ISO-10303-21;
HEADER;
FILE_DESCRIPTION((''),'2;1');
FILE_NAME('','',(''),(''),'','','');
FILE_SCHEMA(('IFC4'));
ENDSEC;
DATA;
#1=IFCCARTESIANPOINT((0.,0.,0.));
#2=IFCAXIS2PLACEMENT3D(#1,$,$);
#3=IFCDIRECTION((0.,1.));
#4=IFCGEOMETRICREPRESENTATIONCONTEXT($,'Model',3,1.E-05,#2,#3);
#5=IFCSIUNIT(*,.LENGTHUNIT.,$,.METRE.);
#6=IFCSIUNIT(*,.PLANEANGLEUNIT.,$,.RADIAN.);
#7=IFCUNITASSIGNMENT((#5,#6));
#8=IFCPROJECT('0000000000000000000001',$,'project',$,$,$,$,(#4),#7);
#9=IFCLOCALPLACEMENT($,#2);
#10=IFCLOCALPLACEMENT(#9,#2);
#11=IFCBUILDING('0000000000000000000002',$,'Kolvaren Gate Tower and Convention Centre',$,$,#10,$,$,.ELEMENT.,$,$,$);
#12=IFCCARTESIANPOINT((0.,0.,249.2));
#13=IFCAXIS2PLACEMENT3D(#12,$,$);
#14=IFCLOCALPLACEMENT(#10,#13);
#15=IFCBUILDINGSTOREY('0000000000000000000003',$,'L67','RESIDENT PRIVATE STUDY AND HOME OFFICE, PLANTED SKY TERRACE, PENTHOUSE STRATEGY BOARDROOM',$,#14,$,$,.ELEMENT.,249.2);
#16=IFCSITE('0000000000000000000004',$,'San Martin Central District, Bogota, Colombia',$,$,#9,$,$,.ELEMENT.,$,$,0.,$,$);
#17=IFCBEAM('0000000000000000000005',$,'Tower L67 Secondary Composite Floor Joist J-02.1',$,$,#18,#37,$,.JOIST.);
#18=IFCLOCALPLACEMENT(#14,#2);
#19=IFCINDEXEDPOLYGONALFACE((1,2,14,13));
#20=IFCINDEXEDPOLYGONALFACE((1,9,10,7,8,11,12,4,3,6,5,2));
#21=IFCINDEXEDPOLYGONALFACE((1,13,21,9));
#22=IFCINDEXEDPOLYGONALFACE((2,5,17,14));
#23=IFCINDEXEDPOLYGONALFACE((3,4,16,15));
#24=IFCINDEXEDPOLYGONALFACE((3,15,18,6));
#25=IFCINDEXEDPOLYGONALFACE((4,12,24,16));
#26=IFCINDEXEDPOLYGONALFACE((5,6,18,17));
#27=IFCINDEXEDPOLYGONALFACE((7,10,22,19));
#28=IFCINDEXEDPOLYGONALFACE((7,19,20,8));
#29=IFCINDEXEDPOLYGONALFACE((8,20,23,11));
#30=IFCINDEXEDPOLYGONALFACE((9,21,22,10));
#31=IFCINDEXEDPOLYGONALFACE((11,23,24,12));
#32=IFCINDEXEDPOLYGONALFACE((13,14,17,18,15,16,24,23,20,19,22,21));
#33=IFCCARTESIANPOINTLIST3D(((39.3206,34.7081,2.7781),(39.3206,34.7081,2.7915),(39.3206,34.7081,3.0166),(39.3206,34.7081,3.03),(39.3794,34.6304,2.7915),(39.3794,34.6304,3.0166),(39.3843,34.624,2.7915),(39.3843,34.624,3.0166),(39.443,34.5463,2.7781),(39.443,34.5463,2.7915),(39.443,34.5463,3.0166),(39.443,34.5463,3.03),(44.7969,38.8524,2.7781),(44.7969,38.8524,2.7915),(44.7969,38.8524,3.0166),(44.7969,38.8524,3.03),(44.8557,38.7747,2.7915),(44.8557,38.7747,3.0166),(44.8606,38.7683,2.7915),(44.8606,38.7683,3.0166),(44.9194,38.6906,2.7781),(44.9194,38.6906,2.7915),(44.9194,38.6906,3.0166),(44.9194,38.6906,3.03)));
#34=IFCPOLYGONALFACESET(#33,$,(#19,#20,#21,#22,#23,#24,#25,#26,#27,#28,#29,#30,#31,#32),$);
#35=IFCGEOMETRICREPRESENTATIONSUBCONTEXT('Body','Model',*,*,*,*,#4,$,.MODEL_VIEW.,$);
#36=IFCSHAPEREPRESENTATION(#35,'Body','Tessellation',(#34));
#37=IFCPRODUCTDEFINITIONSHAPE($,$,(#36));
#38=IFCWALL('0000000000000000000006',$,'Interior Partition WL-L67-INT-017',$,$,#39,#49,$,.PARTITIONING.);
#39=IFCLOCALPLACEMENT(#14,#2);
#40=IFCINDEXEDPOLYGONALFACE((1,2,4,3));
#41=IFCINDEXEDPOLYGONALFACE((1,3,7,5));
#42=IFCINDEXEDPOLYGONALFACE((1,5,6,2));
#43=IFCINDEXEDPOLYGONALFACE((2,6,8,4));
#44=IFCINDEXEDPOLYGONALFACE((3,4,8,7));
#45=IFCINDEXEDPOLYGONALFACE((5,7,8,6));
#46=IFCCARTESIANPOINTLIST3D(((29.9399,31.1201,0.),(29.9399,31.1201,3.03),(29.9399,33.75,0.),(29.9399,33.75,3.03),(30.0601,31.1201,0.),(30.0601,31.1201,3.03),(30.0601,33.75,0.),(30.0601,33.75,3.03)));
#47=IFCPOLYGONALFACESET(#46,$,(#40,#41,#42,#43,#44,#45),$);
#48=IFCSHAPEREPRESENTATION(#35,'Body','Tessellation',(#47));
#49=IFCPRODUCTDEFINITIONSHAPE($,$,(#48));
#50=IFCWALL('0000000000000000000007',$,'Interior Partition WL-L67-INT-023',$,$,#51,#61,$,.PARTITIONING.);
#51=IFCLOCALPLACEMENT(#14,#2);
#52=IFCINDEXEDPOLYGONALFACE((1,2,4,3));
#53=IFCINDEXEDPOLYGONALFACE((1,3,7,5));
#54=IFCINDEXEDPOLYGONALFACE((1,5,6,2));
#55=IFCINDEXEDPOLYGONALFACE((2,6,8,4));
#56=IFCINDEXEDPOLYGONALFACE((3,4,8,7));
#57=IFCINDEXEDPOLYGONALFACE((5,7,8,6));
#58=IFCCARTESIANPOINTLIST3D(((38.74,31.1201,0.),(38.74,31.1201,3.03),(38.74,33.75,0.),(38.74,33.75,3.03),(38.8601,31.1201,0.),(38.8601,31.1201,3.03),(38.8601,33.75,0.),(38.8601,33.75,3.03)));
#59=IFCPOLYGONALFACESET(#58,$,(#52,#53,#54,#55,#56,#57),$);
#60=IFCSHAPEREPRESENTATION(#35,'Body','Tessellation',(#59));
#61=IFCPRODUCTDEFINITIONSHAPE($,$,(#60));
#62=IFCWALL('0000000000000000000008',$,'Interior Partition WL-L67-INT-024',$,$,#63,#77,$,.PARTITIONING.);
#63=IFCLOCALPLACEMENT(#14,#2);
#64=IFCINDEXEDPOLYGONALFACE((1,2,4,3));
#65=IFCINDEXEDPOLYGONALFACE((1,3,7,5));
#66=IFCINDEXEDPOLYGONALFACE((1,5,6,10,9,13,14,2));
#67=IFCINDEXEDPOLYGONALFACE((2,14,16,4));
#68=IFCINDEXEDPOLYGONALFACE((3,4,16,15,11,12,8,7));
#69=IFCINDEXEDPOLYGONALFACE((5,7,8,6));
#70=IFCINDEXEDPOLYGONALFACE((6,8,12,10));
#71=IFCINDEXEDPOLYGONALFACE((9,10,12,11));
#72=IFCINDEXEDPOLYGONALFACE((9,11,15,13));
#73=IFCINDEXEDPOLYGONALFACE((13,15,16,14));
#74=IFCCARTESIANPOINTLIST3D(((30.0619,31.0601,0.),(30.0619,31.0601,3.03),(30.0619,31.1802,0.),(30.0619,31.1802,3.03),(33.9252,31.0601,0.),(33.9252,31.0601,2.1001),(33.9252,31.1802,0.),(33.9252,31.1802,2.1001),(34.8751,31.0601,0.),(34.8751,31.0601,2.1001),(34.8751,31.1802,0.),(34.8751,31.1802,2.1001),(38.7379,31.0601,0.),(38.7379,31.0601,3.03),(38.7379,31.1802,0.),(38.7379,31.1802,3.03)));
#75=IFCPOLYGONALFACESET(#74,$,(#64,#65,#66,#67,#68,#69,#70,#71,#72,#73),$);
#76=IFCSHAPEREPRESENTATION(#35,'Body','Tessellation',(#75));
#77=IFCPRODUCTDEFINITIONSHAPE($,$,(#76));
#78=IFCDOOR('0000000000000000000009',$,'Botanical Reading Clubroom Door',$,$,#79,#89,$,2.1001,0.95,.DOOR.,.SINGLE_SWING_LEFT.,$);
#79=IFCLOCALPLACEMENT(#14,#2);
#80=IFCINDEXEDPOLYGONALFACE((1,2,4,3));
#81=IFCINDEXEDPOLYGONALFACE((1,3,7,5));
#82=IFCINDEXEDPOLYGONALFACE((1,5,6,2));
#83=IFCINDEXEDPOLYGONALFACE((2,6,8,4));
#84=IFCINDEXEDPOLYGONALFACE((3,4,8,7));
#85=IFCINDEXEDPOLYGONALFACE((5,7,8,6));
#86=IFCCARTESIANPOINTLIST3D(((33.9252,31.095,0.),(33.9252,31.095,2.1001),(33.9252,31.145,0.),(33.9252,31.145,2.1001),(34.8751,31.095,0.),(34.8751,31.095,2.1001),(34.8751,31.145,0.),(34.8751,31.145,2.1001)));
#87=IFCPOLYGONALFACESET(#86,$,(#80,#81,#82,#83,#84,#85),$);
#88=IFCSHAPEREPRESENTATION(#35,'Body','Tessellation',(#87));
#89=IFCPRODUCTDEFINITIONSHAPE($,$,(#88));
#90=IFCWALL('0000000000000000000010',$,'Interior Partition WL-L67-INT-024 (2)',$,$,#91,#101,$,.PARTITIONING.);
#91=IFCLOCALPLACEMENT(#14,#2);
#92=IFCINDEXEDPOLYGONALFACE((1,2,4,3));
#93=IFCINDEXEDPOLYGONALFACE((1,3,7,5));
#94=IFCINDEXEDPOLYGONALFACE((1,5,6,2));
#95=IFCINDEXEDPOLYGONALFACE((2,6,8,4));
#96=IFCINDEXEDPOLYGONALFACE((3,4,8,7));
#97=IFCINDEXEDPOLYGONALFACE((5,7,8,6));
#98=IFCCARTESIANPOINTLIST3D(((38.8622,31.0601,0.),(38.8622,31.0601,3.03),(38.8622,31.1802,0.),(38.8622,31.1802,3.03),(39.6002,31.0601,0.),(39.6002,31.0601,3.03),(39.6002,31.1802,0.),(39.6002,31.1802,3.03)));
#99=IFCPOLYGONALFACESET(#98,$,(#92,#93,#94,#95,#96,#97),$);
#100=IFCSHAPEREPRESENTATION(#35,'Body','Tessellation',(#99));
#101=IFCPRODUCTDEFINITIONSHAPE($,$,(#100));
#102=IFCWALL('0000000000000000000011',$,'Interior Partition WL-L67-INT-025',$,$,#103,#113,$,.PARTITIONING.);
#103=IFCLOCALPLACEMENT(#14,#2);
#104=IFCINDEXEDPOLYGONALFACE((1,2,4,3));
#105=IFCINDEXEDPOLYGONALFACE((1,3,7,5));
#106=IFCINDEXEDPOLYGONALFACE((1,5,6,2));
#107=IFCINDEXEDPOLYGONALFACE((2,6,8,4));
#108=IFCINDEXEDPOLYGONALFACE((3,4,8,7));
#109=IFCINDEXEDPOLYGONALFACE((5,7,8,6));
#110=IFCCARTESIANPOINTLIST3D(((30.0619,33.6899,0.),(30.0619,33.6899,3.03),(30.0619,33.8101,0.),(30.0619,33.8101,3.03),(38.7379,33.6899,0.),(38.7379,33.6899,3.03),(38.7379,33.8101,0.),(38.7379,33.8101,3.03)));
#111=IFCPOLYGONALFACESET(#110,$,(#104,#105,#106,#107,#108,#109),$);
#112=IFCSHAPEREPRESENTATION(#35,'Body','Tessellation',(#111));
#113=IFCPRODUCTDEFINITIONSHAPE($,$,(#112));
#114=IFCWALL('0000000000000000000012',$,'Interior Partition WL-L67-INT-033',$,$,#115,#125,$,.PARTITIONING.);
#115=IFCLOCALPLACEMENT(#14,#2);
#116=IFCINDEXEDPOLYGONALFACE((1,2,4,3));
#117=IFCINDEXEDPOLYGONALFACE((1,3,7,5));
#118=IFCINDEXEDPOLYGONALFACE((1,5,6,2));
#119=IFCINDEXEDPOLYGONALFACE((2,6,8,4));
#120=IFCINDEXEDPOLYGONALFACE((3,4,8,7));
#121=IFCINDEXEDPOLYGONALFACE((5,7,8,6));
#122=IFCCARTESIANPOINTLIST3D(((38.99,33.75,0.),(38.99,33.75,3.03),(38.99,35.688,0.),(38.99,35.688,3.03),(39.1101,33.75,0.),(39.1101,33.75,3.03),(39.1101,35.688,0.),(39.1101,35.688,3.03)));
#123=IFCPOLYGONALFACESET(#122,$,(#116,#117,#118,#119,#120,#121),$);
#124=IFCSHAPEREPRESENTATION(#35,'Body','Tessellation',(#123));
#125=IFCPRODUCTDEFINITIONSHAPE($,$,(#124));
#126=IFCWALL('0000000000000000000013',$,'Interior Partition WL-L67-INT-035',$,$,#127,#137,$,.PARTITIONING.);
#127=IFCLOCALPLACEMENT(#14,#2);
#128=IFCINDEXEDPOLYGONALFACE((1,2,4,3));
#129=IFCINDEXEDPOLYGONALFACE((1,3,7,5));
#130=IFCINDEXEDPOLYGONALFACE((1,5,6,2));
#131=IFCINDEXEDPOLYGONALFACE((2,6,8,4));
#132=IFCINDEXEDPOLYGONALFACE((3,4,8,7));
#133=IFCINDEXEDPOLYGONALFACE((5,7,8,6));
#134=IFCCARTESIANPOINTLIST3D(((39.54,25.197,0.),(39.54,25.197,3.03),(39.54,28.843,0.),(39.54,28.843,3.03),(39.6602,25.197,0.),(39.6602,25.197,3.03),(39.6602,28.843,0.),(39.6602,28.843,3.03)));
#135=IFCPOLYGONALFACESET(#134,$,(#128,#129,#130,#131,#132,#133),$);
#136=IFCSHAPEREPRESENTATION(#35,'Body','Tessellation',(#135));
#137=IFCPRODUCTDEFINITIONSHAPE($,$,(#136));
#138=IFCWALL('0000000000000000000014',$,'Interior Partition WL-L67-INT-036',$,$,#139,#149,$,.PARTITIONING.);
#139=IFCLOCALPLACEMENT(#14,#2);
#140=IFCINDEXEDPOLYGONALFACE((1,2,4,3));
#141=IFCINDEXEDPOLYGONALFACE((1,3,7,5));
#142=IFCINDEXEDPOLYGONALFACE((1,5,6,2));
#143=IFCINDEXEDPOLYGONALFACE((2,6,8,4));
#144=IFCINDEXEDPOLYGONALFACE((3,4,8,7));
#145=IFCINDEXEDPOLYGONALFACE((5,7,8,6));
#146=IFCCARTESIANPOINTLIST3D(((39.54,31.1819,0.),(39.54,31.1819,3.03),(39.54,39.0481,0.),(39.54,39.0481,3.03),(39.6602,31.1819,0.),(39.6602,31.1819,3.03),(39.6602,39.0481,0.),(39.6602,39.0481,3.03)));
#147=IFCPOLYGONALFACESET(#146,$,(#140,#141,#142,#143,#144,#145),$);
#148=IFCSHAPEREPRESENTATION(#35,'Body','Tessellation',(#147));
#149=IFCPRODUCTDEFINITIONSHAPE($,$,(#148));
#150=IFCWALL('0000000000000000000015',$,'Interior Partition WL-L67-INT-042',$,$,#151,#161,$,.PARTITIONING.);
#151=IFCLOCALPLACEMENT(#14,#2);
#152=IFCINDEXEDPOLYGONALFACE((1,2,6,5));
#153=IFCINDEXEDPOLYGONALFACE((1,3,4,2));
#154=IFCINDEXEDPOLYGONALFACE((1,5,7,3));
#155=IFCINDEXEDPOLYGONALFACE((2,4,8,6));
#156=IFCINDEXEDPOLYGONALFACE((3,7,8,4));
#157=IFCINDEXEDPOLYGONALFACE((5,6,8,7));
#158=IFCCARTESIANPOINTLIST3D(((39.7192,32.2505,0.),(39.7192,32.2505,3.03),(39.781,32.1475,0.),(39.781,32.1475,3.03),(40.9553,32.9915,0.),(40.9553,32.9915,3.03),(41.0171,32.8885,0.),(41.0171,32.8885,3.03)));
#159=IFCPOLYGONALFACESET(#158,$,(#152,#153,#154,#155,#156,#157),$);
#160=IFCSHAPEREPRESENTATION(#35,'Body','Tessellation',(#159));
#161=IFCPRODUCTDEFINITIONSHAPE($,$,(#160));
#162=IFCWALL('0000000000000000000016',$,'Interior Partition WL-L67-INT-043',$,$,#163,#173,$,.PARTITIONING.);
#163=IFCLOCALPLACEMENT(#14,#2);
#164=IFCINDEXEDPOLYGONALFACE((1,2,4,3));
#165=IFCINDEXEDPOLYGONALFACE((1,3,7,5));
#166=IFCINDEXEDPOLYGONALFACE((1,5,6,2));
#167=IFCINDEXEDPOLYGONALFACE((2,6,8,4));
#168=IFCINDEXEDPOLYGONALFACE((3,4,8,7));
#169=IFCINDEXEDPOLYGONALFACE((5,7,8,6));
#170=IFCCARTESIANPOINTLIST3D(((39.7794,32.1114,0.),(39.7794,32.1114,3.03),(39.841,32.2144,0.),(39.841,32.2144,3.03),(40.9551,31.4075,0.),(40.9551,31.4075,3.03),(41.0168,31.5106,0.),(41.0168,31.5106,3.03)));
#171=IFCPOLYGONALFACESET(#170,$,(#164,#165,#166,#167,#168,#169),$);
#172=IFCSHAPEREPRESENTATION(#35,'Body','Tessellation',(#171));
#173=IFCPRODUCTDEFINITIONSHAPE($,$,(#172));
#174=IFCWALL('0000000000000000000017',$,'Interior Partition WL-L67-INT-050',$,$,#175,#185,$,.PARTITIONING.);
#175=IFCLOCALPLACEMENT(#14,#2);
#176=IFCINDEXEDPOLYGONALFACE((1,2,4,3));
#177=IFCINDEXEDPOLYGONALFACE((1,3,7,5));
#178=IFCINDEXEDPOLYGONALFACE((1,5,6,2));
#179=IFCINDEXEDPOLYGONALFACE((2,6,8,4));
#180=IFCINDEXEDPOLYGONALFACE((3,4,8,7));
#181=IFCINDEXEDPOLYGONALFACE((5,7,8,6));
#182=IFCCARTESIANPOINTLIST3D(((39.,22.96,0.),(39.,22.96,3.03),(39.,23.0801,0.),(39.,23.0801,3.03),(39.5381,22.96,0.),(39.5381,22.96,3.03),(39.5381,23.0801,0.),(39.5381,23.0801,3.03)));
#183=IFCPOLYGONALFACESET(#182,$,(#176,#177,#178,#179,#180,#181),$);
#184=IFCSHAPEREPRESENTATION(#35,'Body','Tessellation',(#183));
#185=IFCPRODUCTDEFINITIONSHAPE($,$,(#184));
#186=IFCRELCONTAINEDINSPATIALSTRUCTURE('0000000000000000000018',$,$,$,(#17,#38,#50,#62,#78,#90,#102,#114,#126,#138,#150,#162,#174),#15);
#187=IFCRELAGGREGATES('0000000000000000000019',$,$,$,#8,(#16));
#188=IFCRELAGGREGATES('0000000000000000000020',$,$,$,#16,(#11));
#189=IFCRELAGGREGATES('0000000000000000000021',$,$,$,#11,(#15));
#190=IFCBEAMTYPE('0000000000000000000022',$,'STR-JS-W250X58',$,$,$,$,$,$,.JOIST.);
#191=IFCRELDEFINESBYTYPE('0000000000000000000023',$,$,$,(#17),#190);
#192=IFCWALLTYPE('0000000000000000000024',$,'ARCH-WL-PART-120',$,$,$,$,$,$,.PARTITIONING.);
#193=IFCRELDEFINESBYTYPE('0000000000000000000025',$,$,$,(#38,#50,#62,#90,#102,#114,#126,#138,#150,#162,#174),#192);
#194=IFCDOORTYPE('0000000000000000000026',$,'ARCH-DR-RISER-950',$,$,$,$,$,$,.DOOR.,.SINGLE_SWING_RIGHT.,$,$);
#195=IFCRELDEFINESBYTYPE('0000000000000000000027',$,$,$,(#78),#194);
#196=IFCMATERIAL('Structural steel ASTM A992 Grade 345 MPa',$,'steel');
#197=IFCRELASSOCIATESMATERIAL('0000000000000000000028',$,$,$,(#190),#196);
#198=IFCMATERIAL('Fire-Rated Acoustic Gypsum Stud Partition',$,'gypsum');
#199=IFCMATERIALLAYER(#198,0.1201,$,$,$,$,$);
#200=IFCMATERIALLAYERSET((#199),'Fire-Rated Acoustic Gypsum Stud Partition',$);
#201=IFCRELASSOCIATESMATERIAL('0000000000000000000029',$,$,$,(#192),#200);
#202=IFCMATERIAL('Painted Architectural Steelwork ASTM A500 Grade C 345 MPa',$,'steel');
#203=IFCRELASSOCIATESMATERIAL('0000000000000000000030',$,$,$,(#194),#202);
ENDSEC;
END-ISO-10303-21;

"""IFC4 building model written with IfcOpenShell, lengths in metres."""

from ifc_helpers import new_model, si_unit, direction, frame, frame_2d, origin, origin_2d, place, context, subcontext, project, spatial, rectangle, i_section, extrude, material, layer, layer_set, material_profile, profile_set, type_object, element, fill, save


model = new_model("IFC4")

# Units and contexts
model_context = context("Model", 3, precision=1e-05, world=origin(), true_north=direction((0.0, 1.0)))
body_context = subcontext(model_context, "Body", "Model", "MODEL_VIEW")
ifc_project = project(units=[si_unit("LENGTHUNIT", "METRE"), si_unit("PLANEANGLEUNIT", "RADIAN")], contexts=[model_context])

# Site, building, storey
site_placement = place(None, origin())
site = spatial("IfcSite", under=ifc_project, at=site_placement, Name="San Martin Central District, Bogota, Colombia", CompositionType="ELEMENT", RefElevation=0.0)
building_placement = place(site_placement, origin())
building = spatial("IfcBuilding", under=site, at=building_placement, Name="Kolvaren Gate Tower and Convention Centre", CompositionType="ELEMENT")
storey_placement = place(building_placement, frame((0.0, 0.0, 249.2)))
storey = spatial("IfcBuildingStorey", under=building, at=storey_placement, Name="L67", Description="RESIDENT PRIVATE STUDY AND HOME OFFICE, PLANTED SKY TERRACE, PENTHOUSE STRATEGY BOARDROOM", CompositionType="ELEMENT", Elevation=249.2)

# Beam
ifc_material_1 = material(Name="Structural steel ASTM A992 Grade 345 MPa", Category="steel")
ifc_material_profile = material_profile(ifc_material_1, i_section(OverallWidth=0.2029, OverallDepth=0.252, WebThickness=0.0081, FlangeThickness=0.0134, at=origin_2d()), Name="W250X58")
ifc_profile_set = profile_set([ifc_material_profile], Name="Structural steel ASTM A992 Grade 345 MPa")
beam_type = type_object("IfcBeamType", Name="STR-JS-W250X58", PredefinedType="JOIST", material=ifc_profile_set)
beam_placement = place(storey_placement, frame((39.3818, 34.6272, 2.9041), z_axis=(0.797403, 0.603447, 0.0), x_axis=(-0.603447, 0.797403, 0.0)))
element("IfcBeam", 1, at=beam_placement, inside=storey, type_object=beam_type, Name="Tower L67 Secondary Composite Floor Joist J-02.1", PredefinedType="JOIST", context=body_context, shape_type="SweptSolid", body=[
    extrude(i_section(OverallWidth=0.2029, OverallDepth=0.252, WebThickness=0.0081, FlangeThickness=0.0134, at=origin_2d()), origin(), (0.0, 0.0, 1.0), 6.8677),
])

# Walls
ifc_material_2 = material(Name="Fire-Rated Acoustic Gypsum Stud Partition", Category="gypsum")
ifc_layer_1 = layer(ifc_material_2, 0.1201)
ifc_layer_set_1 = layer_set([ifc_layer_1], Name="Fire-Rated Acoustic Gypsum Stud Partition")
wall_type_1 = type_object("IfcWallType", Name="ARCH-WL-PART-120", PredefinedType="PARTITIONING", material=ifc_layer_set_1)
for number, where, z_axis, x_axis, name in (
    (2, (30.0, 31.1201, 0.0), (0.0, 0.0, 1.0), (0.0, 1.0, 0.0), "Interior Partition WL-L67-INT-017"),
    (3, (38.8, 31.1201, 0.0), (0.0, 0.0, 1.0), (0.0, 1.0, 0.0), "Interior Partition WL-L67-INT-023"),
):
    element("IfcWall", number, at=place(storey_placement, frame(where, z_axis=z_axis, x_axis=x_axis)), inside=storey, type_object=wall_type_1, Name=name, PredefinedType="PARTITIONING", context=body_context, shape_type="SweptSolid", body=[
        extrude(rectangle(XDim=2.6299, YDim=0.1201, at=frame_2d((1.3149, 0.0))), origin(), (0.0, 0.0, 1.0), 3.03),
    ])

# Wall, opening, door
wall_1_placement = place(storey_placement, frame((30.062, 31.1201, 0.0), z_axis=(0.0, 0.0, 1.0), x_axis=(1.0, 0.0, 0.0)))
wall_1 = element("IfcWall", 4, at=wall_1_placement, inside=storey, type_object=wall_type_1, Name="Interior Partition WL-L67-INT-024", PredefinedType="PARTITIONING", context=body_context, shape_type="SweptSolid", body=[
    extrude(rectangle(XDim=8.676, YDim=0.1201, at=frame_2d((4.3379, 0.0))), origin(), (0.0, 0.0, 1.0), 3.03),
])
opening_1_placement = place(wall_1_placement, frame((3.863, 0.0, 0.0)))
opening_1 = element("IfcOpeningElement", 5, at=opening_1_placement, cuts=wall_1, PredefinedType="OPENING", context=body_context, shape_type="SweptSolid", body=[
    extrude(rectangle(XDim=0.95, YDim=2.1001, at=frame_2d((0.4751, 1.05))), frame((0.0, 0.0701, 0.0), z_axis=(0.0, -1.0, 0.0), x_axis=(1.0, 0.0, 0.0)), (0.0, 0.0, 1.0), 0.1401),
])
ifc_material_3 = material(Name="Painted Architectural Steelwork ASTM A500 Grade C 345 MPa", Category="steel")
door_type = type_object("IfcDoorType", Name="ARCH-DR-RISER-950", OperationType="SINGLE_SWING_RIGHT", PredefinedType="DOOR", material=ifc_material_3)
door_1_placement = place(opening_1_placement, origin())
door_1 = element("IfcDoor", 6, at=door_1_placement, inside=storey, type_object=door_type, Name="Botanical Reading Clubroom Door", OperationType="SINGLE_SWING_LEFT", OverallHeight=2.1001, OverallWidth=0.95, PredefinedType="DOOR", context=body_context, shape_type="SweptSolid", body=[
    extrude(rectangle(XDim=0.95, YDim=2.1001, at=frame_2d((0.4751, 1.05))), frame((0.0, 0.0249, 0.0), z_axis=(0.0, -1.0, 0.0), x_axis=(1.0, 0.0, 0.0)), (0.0, 0.0, 1.0), 0.05),
])
fill(opening_1, door_1)

# Walls
wall_2_placement = place(storey_placement, frame((38.8621, 31.1201, 0.0), z_axis=(0.0, 0.0, 1.0), x_axis=(1.0, 0.0, 0.0)))
element("IfcWall", 7, at=wall_2_placement, inside=storey, type_object=wall_type_1, Name="Interior Partition WL-L67-INT-024 (2)", PredefinedType="PARTITIONING", context=body_context, shape_type="SweptSolid", body=[
    extrude(rectangle(XDim=0.738, YDim=0.1201, at=frame_2d((0.3691, 0.0))), origin(), (0.0, 0.0, 1.0), 3.03),
])
wall_3_placement = place(storey_placement, frame((30.062, 33.75, 0.0), z_axis=(0.0, 0.0, 1.0), x_axis=(1.0, 0.0, 0.0)))
element("IfcWall", 8, at=wall_3_placement, inside=storey, type_object=wall_type_1, Name="Interior Partition WL-L67-INT-025", PredefinedType="PARTITIONING", context=body_context, shape_type="SweptSolid", body=[
    extrude(rectangle(XDim=8.676, YDim=0.1201, at=frame_2d((4.3379, 0.0))), origin(), (0.0, 0.0, 1.0), 3.03),
])
wall_4_placement = place(storey_placement, frame((39.05, 33.75, 0.0), z_axis=(0.0, 0.0, 1.0), x_axis=(0.0, 1.0, 0.0)))
element("IfcWall", 9, at=wall_4_placement, inside=storey, type_object=wall_type_1, Name="Interior Partition WL-L67-INT-033", PredefinedType="PARTITIONING", context=body_context, shape_type="SweptSolid", body=[
    extrude(rectangle(XDim=1.938, YDim=0.1201, at=frame_2d((0.969, 0.0))), origin(), (0.0, 0.0, 1.0), 3.03),
])
wall_5_placement = place(storey_placement, frame((39.6001, 25.197, 0.0), z_axis=(0.0, 0.0, 1.0), x_axis=(0.0, 1.0, 0.0)))
element("IfcWall", 10, at=wall_5_placement, inside=storey, type_object=wall_type_1, Name="Interior Partition WL-L67-INT-035", PredefinedType="PARTITIONING", context=body_context, shape_type="SweptSolid", body=[
    extrude(rectangle(XDim=3.646, YDim=0.1201, at=frame_2d((1.823, 0.0))), origin(), (0.0, 0.0, 1.0), 3.03),
])
wall_6_placement = place(storey_placement, frame((39.6001, 31.1819, 0.0), z_axis=(0.0, 0.0, 1.0), x_axis=(0.0, 1.0, 0.0)))
element("IfcWall", 11, at=wall_6_placement, inside=storey, type_object=wall_type_1, Name="Interior Partition WL-L67-INT-036", PredefinedType="PARTITIONING", context=body_context, shape_type="SweptSolid", body=[
    extrude(rectangle(XDim=7.8662, YDim=0.1201, at=frame_2d((3.9331, 0.0))), origin(), (0.0, 0.0, 1.0), 3.03),
])
wall_7_placement = place(storey_placement, frame((39.75, 32.199, 0.0), z_axis=(0.0, 0.0, 1.0), x_axis=(0.857702, 0.514147, 0.0)))
element("IfcWall", 12, at=wall_7_placement, inside=storey, type_object=wall_type_1, Name="Interior Partition WL-L67-INT-042", PredefinedType="PARTITIONING", context=body_context, shape_type="SweptSolid", body=[
    extrude(rectangle(XDim=1.4412, YDim=0.1201, at=frame_2d((0.7207, 0.0))), origin(), (0.0, 0.0, 1.0), 3.03),
])
wall_8_placement = place(storey_placement, frame((39.8103, 32.1628, 0.0), z_axis=(0.0, 0.0, 1.0), x_axis=(0.858011, -0.513631, 0.0)))
element("IfcWall", 13, at=wall_8_placement, inside=storey, type_object=wall_type_1, Name="Interior Partition WL-L67-INT-043", PredefinedType="PARTITIONING", context=body_context, shape_type="SweptSolid", body=[
    extrude(rectangle(XDim=1.3704, YDim=0.1201, at=frame_2d((0.6851, 0.0))), origin(), (0.0, 0.0, 1.0), 3.03),
])
wall_9_placement = place(storey_placement, frame((39.0, 23.02, 0.0), z_axis=(0.0, 0.0, 1.0), x_axis=(1.0, 0.0, 0.0)))
element("IfcWall", 14, at=wall_9_placement, inside=storey, type_object=wall_type_1, Name="Interior Partition WL-L67-INT-050", PredefinedType="PARTITIONING", context=body_context, shape_type="SweptSolid", body=[
    extrude(rectangle(XDim=0.5381, YDim=0.1201, at=frame_2d((0.269, 0.0))), origin(), (0.0, 0.0, 1.0), 3.03),
])

save(model, "model.ifc")
